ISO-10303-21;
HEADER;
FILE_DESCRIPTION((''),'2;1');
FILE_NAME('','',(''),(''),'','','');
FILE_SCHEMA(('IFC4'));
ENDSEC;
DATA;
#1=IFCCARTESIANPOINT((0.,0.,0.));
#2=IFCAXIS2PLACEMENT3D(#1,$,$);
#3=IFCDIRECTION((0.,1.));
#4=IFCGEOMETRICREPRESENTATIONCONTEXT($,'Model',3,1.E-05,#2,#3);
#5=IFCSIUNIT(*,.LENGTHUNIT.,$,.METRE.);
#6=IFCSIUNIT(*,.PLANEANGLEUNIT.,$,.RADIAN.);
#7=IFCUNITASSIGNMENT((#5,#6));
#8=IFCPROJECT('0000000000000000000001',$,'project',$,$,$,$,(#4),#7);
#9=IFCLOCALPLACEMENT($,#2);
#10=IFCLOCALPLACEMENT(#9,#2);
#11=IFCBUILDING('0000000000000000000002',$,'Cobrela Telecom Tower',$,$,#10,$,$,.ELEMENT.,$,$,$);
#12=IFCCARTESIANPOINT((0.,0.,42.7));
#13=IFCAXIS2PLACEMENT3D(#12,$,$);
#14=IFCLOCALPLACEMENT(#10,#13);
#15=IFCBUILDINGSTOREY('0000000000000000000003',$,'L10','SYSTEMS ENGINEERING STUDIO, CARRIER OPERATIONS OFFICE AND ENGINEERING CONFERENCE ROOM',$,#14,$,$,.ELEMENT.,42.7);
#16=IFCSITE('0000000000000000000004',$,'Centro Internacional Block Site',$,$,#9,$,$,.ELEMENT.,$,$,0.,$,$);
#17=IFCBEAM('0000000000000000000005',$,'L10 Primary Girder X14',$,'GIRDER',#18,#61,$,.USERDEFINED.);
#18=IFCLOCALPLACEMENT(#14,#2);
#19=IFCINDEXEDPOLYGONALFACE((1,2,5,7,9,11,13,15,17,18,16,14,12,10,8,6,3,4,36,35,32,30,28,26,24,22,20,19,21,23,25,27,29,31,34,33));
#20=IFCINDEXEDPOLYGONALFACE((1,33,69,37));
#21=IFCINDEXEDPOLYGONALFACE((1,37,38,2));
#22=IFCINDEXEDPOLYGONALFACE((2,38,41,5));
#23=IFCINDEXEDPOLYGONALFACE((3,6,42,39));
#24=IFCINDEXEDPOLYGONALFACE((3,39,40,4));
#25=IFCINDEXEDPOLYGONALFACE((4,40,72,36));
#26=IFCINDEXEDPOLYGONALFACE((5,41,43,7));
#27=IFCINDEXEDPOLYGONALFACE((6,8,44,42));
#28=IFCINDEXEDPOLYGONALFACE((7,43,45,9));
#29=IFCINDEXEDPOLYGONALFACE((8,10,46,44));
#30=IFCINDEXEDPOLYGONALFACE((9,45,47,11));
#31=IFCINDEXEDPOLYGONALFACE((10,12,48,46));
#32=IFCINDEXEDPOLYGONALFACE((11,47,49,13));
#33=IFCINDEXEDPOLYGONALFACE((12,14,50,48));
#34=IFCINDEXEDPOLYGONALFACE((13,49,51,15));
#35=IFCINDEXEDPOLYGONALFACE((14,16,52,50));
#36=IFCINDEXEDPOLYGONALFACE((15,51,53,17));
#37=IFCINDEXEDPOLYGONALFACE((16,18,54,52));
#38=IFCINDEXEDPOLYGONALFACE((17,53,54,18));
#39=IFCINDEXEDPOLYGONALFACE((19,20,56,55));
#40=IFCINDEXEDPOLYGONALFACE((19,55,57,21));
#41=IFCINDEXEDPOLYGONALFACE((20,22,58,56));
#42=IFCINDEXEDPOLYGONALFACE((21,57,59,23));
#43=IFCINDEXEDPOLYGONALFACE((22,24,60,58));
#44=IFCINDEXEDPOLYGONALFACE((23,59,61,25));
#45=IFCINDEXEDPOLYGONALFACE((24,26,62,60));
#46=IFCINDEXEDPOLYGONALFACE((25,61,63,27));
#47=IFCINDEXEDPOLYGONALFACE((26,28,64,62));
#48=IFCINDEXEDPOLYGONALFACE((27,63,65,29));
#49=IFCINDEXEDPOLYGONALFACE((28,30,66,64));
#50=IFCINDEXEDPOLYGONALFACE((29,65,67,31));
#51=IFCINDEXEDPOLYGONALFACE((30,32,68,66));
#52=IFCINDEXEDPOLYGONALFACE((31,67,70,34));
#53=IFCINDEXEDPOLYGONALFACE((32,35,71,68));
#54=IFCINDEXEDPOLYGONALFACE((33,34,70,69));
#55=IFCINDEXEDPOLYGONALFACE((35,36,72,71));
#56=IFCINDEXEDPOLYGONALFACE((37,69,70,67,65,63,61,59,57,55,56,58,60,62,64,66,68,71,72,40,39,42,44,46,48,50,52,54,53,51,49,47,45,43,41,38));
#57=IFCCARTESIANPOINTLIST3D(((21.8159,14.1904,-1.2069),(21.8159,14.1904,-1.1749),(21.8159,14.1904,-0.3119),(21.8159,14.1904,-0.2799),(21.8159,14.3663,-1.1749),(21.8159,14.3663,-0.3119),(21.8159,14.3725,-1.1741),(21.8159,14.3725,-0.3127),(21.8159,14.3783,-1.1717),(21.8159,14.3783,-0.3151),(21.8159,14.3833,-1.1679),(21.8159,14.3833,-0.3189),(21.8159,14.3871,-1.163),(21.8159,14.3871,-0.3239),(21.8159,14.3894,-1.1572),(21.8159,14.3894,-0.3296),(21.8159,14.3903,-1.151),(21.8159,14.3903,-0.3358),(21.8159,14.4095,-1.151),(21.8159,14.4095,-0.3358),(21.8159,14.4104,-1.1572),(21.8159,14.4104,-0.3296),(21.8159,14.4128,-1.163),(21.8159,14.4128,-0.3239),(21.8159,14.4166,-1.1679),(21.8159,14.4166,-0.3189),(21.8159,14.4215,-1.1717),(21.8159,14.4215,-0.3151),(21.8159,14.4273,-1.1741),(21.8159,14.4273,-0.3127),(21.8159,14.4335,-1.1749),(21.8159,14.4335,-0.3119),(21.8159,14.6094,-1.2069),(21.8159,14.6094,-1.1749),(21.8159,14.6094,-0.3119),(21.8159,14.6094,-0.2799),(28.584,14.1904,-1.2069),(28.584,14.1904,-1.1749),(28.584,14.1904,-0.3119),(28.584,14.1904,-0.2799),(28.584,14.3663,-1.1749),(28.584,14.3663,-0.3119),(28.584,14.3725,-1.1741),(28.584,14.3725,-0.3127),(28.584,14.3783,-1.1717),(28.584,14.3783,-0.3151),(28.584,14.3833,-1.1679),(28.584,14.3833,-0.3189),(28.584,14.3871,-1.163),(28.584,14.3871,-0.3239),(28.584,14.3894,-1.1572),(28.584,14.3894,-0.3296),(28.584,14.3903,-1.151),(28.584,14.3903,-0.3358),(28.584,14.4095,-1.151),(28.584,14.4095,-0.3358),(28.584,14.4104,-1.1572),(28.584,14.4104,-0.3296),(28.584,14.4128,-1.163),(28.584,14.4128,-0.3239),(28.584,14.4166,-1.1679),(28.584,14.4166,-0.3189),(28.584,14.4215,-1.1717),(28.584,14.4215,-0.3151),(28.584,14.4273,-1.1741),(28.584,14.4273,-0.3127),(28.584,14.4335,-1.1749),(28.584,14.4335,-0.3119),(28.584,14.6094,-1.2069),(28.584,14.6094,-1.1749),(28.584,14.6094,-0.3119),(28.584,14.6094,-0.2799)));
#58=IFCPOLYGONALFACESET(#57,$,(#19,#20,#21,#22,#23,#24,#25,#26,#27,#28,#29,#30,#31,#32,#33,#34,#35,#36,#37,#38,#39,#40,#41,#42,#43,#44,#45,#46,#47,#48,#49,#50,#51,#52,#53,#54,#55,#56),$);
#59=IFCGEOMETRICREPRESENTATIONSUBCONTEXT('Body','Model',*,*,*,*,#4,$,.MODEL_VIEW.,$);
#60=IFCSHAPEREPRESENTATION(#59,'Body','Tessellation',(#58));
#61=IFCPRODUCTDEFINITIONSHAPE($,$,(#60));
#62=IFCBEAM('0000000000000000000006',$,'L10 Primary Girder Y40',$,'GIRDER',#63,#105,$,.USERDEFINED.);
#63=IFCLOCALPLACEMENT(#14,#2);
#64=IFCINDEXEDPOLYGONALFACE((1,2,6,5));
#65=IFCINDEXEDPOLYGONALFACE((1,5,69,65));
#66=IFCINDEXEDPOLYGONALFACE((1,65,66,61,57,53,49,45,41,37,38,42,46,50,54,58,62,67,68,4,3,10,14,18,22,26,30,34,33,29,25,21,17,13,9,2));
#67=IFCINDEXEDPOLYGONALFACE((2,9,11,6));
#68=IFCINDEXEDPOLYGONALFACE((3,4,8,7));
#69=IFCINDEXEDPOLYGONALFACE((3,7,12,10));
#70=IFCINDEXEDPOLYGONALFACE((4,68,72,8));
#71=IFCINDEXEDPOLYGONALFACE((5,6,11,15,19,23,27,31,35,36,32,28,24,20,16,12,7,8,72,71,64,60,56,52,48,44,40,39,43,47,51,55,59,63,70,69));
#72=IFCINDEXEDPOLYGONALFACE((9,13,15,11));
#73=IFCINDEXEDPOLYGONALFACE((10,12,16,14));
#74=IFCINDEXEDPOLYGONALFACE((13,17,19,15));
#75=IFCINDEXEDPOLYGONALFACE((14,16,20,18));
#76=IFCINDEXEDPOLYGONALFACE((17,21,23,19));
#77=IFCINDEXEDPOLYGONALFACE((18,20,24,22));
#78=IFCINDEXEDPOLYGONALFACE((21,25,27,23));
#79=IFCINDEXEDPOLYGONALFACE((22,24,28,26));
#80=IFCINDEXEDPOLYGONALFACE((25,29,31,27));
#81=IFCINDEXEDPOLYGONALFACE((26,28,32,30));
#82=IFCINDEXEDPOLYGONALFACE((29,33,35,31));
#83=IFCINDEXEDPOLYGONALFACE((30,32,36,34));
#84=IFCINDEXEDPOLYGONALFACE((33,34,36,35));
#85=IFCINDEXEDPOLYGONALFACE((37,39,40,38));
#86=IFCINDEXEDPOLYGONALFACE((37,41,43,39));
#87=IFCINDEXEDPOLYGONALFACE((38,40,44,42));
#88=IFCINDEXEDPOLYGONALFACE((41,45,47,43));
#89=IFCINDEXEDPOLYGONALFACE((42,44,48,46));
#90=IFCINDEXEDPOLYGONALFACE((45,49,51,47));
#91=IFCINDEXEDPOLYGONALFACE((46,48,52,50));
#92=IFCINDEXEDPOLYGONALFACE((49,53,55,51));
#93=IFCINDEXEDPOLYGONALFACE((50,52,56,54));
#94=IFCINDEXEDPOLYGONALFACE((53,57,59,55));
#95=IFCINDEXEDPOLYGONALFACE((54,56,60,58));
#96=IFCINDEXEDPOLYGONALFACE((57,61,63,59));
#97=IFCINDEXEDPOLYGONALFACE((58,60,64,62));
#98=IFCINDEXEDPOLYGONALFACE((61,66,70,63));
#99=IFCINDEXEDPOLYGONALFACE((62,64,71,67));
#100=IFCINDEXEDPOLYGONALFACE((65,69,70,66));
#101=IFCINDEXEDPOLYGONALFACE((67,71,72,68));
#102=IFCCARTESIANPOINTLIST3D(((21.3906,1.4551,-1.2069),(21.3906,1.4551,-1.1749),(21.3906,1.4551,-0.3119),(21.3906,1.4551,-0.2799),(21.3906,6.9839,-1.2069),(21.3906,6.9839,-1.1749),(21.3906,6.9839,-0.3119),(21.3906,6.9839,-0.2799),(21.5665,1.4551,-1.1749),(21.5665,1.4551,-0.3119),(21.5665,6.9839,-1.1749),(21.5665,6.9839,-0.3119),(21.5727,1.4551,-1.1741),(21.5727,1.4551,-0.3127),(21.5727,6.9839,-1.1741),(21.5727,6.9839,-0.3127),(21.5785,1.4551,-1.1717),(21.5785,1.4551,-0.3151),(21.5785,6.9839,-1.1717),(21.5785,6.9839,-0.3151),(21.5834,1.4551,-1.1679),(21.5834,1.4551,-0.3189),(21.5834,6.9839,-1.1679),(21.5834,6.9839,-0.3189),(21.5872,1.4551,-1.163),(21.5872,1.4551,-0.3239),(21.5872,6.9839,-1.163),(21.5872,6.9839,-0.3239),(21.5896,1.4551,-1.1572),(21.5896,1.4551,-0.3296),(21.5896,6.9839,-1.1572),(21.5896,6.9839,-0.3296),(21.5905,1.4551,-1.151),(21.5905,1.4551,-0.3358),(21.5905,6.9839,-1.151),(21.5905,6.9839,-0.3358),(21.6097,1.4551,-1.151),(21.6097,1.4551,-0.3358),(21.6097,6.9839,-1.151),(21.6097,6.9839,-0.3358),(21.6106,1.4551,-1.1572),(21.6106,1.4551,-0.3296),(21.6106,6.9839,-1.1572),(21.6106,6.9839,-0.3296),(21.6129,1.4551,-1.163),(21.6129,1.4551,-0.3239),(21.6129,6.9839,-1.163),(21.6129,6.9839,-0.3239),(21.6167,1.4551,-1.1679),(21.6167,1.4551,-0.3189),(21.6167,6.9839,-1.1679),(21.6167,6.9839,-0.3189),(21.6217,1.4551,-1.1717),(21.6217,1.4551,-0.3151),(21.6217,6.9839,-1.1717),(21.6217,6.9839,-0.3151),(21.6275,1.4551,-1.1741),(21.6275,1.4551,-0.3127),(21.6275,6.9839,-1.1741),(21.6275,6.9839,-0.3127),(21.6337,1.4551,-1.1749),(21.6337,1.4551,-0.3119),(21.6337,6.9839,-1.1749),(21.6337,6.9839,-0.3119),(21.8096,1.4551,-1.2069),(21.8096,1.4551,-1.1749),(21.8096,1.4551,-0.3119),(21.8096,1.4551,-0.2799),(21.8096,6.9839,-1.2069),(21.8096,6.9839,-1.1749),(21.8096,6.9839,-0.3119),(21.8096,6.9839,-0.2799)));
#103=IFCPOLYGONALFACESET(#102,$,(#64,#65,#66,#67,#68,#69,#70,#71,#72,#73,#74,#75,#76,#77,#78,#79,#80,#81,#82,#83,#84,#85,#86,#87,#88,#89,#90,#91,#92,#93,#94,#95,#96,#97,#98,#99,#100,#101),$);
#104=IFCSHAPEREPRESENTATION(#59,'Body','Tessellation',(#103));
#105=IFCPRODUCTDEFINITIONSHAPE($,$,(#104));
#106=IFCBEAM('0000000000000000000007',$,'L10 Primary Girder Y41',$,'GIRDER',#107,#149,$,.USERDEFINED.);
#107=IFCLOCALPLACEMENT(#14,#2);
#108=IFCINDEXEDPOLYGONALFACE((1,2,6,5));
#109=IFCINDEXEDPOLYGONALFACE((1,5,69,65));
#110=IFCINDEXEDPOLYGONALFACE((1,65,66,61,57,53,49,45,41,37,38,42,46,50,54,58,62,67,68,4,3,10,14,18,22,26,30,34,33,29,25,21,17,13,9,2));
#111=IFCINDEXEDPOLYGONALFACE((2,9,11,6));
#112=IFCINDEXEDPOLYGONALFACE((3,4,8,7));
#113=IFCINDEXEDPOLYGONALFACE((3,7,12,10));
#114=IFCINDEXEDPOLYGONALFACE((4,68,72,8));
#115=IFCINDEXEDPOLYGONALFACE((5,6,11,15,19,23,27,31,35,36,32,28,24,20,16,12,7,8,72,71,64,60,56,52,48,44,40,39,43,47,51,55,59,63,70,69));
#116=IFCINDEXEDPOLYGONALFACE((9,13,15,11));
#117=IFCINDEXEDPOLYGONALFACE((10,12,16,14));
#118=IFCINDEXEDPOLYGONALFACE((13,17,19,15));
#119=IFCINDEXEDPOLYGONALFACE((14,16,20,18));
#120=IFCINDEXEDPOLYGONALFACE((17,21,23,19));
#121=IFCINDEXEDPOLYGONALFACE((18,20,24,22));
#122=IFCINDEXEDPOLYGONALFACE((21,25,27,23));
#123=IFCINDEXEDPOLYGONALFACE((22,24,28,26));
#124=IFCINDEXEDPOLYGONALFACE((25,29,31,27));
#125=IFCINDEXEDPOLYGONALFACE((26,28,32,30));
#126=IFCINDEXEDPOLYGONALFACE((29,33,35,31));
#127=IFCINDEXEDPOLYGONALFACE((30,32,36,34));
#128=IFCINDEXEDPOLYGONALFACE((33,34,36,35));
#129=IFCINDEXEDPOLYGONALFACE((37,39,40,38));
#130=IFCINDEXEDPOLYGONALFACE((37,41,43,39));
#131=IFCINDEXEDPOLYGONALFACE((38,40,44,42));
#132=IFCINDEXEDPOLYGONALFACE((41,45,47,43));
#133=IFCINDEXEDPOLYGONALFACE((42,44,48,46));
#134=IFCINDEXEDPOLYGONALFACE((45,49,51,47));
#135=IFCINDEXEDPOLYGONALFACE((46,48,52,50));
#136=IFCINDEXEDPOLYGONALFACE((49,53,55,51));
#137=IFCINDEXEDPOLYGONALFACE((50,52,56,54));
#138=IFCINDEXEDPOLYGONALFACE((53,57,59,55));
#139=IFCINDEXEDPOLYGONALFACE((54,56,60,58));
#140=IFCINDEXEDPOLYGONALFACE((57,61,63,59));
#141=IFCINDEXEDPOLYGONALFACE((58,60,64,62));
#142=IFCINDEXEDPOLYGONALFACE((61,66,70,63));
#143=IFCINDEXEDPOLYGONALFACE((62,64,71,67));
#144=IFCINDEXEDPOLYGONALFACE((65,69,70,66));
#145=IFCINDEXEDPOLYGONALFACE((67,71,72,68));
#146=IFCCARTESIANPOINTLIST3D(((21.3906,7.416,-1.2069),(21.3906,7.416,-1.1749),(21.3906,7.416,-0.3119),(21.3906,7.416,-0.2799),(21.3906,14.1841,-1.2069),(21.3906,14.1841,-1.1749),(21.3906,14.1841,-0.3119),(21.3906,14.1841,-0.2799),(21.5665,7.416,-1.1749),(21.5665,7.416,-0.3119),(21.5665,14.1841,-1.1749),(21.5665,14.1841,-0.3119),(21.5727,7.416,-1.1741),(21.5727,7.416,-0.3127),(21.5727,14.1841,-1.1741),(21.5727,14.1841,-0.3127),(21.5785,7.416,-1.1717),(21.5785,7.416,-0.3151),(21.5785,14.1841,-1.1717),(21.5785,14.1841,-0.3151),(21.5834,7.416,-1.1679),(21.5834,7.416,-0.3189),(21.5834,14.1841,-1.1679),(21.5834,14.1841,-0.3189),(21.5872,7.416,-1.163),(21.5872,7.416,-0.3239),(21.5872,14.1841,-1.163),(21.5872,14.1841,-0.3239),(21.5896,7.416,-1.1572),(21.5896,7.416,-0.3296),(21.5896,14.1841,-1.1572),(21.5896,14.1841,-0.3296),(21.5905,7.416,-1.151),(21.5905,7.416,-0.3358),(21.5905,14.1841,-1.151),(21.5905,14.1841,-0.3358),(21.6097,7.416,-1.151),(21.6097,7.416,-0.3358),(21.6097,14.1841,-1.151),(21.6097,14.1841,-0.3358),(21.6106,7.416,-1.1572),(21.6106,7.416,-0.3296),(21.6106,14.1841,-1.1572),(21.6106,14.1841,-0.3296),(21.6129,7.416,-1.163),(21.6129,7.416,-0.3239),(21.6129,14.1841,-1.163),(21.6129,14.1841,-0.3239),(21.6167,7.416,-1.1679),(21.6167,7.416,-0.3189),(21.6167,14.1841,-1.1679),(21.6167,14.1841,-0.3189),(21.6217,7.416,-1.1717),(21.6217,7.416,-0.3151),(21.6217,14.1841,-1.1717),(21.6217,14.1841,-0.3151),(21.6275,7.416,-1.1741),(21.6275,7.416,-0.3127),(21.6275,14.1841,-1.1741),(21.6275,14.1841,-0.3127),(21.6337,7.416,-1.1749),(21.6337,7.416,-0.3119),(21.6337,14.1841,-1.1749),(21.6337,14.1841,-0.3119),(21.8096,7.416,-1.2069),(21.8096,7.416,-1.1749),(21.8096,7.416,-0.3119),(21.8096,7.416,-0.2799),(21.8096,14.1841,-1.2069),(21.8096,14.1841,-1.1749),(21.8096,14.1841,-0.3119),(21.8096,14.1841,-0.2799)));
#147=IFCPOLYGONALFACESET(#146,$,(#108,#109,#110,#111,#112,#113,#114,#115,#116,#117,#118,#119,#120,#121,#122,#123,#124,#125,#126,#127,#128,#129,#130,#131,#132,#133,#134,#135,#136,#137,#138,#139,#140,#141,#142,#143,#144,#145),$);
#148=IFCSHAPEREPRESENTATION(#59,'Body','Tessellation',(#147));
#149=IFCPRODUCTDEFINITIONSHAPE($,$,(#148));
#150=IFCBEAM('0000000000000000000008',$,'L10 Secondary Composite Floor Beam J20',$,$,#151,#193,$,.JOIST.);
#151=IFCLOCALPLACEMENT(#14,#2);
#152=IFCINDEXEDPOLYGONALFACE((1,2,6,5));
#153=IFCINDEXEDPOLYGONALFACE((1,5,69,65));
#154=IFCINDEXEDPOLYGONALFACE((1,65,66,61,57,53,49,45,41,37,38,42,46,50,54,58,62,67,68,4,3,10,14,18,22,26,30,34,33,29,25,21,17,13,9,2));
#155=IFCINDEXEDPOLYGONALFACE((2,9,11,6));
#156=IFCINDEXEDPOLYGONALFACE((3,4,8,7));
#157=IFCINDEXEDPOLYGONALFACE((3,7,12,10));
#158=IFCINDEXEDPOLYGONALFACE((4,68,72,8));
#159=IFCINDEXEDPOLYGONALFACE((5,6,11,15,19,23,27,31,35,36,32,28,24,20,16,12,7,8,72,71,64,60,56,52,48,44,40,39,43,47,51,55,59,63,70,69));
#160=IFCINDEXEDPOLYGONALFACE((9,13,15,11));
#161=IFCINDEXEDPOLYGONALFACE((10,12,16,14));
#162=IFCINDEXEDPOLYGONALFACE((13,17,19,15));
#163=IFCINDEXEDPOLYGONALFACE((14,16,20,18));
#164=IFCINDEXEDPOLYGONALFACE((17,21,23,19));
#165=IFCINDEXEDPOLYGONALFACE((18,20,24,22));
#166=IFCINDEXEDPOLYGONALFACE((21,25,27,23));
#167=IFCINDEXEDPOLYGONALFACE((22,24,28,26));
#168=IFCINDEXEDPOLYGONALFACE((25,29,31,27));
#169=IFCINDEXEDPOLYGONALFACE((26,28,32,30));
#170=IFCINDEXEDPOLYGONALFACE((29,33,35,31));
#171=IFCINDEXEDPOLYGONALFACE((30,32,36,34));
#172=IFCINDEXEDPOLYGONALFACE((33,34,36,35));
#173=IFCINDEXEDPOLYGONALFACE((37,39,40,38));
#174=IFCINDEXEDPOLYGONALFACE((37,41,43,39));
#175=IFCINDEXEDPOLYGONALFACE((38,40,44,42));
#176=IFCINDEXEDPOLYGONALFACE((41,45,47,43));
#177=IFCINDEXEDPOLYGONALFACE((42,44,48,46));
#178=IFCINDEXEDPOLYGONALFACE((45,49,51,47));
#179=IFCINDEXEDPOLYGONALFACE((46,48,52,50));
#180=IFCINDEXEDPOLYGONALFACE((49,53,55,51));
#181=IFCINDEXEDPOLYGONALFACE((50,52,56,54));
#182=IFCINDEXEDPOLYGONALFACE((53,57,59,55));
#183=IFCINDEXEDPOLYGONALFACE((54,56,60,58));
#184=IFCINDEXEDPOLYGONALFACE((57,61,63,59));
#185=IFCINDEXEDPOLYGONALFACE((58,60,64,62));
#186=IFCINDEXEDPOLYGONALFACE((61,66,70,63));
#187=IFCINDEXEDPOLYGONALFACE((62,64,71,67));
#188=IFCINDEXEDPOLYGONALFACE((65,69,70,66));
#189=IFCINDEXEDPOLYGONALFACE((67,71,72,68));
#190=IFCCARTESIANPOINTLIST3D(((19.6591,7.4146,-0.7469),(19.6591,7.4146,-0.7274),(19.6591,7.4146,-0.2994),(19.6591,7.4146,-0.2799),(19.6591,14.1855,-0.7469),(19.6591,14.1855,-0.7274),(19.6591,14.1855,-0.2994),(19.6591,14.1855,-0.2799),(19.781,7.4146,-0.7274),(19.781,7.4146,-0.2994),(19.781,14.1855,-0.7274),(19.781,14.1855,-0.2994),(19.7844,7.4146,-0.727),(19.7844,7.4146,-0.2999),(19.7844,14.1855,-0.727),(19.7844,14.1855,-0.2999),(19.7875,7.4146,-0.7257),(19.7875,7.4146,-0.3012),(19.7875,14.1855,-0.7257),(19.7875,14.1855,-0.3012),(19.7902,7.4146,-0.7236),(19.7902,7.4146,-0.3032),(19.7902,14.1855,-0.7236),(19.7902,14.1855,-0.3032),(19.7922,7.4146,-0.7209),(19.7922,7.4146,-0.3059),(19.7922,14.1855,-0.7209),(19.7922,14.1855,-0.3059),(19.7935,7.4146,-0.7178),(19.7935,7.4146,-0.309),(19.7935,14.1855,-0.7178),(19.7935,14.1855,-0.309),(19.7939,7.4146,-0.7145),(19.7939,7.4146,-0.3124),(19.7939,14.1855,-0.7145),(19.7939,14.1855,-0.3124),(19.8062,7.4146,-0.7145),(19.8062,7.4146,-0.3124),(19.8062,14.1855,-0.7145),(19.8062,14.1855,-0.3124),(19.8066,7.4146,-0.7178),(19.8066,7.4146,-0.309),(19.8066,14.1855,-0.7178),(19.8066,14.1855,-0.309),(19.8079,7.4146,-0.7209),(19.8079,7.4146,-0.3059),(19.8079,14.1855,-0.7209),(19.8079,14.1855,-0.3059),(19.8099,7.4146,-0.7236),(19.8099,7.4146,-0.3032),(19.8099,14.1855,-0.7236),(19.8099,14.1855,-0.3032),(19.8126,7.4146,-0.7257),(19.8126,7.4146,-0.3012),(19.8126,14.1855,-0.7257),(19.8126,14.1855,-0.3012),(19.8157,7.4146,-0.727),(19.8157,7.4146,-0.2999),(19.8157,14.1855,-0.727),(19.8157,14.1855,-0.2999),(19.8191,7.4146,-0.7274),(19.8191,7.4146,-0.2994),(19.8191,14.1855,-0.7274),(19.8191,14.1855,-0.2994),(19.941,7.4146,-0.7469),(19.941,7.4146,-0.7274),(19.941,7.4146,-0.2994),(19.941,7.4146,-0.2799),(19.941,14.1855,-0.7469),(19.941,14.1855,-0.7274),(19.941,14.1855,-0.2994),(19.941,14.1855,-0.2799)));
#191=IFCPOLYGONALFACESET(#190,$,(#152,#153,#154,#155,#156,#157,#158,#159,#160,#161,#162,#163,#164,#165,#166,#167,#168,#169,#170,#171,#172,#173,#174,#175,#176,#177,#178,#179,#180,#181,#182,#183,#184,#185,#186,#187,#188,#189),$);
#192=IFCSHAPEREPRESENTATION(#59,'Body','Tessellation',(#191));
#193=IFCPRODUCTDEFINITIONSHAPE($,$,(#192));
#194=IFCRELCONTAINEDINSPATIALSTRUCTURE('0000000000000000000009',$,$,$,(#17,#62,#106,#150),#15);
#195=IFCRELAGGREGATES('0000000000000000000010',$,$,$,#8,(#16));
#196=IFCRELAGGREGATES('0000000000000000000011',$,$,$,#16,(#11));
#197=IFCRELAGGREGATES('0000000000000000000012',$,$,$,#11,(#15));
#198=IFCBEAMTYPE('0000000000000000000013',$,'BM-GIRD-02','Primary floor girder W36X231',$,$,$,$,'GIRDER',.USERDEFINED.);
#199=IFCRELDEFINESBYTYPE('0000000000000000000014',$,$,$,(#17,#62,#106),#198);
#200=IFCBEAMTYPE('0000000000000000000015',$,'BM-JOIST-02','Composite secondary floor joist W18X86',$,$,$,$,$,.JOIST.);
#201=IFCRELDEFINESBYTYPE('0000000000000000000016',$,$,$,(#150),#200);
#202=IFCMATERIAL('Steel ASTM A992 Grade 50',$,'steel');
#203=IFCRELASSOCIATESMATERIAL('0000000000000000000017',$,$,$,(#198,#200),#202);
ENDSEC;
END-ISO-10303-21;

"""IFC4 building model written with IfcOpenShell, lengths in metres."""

from ifc_helpers import new_model, si_unit, direction, frame, origin, origin_2d, place, context, subcontext, project, spatial, i_section, extrude, material, material_profile, profile_set, type_object, element, save


model = new_model("IFC4")

# Units and contexts
model_context = context("Model", 3, precision=1e-05, world=origin(), true_north=direction((0.0, 1.0)))
body_context = subcontext(model_context, "Body", "Model", "MODEL_VIEW")
ifc_project = project(units=[si_unit("LENGTHUNIT", "METRE"), si_unit("PLANEANGLEUNIT", "RADIAN")], contexts=[model_context])

# Site, building, storey
site_placement = place(None, origin())
site = spatial("IfcSite", under=ifc_project, at=site_placement, Name="Centro Internacional Block Site", CompositionType="ELEMENT", RefElevation=0.0)
building_placement = place(site_placement, origin())
building = spatial("IfcBuilding", under=site, at=building_placement, Name="Cobrela Telecom Tower", CompositionType="ELEMENT")
storey_placement = place(building_placement, frame((0.0, 0.0, 42.7)))
storey = spatial("IfcBuildingStorey", under=building, at=storey_placement, Name="L10", Description="SYSTEMS ENGINEERING STUDIO, CARRIER OPERATIONS OFFICE AND ENGINEERING CONFERENCE ROOM", CompositionType="ELEMENT", Elevation=42.7)

# Shared definitions
ifc_material_1 = material(Name="Steel ASTM A992 Grade 50", Category="steel")

# Beams
ifc_material_profile_1 = material_profile(ifc_material_1, i_section(OverallWidth=0.4189, OverallDepth=0.927, WebThickness=0.0193, FlangeThickness=0.032, FilletRadius=0.0239, at=origin_2d()), Name="W36X231")
ifc_profile_set_1 = profile_set([ifc_material_profile_1], Name="Steel ASTM A992 Grade 50")
beam_type_1 = type_object("IfcBeamType", Name="BM-GIRD-02", Description="Primary floor girder W36X231", ElementType="GIRDER", PredefinedType="USERDEFINED", material=ifc_profile_set_1)
for number, where, z_axis, x_axis, name in (
    (1, (21.8159, 14.3999, -0.7434), (1.0, 0.0, 0.0), (0.0, 1.0, 0.0), "L10 Primary Girder X14"),
):
    element("IfcBeam", number, at=place(storey_placement, frame(where, z_axis=z_axis, x_axis=x_axis)), inside=storey, type_object=beam_type_1, Name=name, ObjectType="GIRDER", PredefinedType="USERDEFINED", context=body_context, shape_type="SweptSolid", body=[
        extrude(i_section(OverallWidth=0.4189, OverallDepth=0.927, WebThickness=0.0193, FlangeThickness=0.032, FilletRadius=0.0239, at=origin_2d()), origin(), (0.0, 0.0, 1.0), 6.7681),
    ])
beam_1_placement = place(storey_placement, frame((21.6001, 1.4551, -0.7434), z_axis=(0.0, 1.0, 0.0), x_axis=(-1.0, 0.0, 0.0)))
element("IfcBeam", 2, at=beam_1_placement, inside=storey, type_object=beam_type_1, Name="L10 Primary Girder Y40", ObjectType="GIRDER", PredefinedType="USERDEFINED", context=body_context, shape_type="SweptSolid", body=[
    extrude(i_section(OverallWidth=0.4189, OverallDepth=0.927, WebThickness=0.0193, FlangeThickness=0.032, FilletRadius=0.0239, at=origin_2d()), origin(), (0.0, 0.0, 1.0), 5.5288),
])
beam_2_placement = place(storey_placement, frame((21.6001, 7.416, -0.7434), z_axis=(0.0, 1.0, 0.0), x_axis=(-1.0, 0.0, 0.0)))
element("IfcBeam", 3, at=beam_2_placement, inside=storey, type_object=beam_type_1, Name="L10 Primary Girder Y41", ObjectType="GIRDER", PredefinedType="USERDEFINED", context=body_context, shape_type="SweptSolid", body=[
    extrude(i_section(OverallWidth=0.4189, OverallDepth=0.927, WebThickness=0.0193, FlangeThickness=0.032, FilletRadius=0.0239, at=origin_2d()), origin(), (0.0, 0.0, 1.0), 6.7681),
])
ifc_material_profile_2 = material_profile(ifc_material_1, i_section(OverallWidth=0.282, OverallDepth=0.467, WebThickness=0.0122, FlangeThickness=0.0195, FilletRadius=0.0129, at=origin_2d()), Name="W18X86")
ifc_profile_set_2 = profile_set([ifc_material_profile_2], Name="Steel ASTM A992 Grade 50")
beam_type_2 = type_object("IfcBeamType", Name="BM-JOIST-02", Description="Composite secondary floor joist W18X86", PredefinedType="JOIST", material=ifc_profile_set_2)
for number, where, z_axis, x_axis, name in (
    (4, (19.8, 7.4146, -0.5134), (0.0, 1.0, 0.0), (-1.0, 0.0, 0.0), "L10 Secondary Composite Floor Beam J20"),
):
    element("IfcBeam", number, at=place(storey_placement, frame(where, z_axis=z_axis, x_axis=x_axis)), inside=storey, type_object=beam_type_2, Name=name, PredefinedType="JOIST", context=body_context, shape_type="SweptSolid", body=[
        extrude(i_section(OverallWidth=0.282, OverallDepth=0.467, WebThickness=0.0122, FlangeThickness=0.0195, FilletRadius=0.0129, at=origin_2d()), origin(), (0.0, 0.0, 1.0), 6.771),
    ])

save(model, "model.ifc")
